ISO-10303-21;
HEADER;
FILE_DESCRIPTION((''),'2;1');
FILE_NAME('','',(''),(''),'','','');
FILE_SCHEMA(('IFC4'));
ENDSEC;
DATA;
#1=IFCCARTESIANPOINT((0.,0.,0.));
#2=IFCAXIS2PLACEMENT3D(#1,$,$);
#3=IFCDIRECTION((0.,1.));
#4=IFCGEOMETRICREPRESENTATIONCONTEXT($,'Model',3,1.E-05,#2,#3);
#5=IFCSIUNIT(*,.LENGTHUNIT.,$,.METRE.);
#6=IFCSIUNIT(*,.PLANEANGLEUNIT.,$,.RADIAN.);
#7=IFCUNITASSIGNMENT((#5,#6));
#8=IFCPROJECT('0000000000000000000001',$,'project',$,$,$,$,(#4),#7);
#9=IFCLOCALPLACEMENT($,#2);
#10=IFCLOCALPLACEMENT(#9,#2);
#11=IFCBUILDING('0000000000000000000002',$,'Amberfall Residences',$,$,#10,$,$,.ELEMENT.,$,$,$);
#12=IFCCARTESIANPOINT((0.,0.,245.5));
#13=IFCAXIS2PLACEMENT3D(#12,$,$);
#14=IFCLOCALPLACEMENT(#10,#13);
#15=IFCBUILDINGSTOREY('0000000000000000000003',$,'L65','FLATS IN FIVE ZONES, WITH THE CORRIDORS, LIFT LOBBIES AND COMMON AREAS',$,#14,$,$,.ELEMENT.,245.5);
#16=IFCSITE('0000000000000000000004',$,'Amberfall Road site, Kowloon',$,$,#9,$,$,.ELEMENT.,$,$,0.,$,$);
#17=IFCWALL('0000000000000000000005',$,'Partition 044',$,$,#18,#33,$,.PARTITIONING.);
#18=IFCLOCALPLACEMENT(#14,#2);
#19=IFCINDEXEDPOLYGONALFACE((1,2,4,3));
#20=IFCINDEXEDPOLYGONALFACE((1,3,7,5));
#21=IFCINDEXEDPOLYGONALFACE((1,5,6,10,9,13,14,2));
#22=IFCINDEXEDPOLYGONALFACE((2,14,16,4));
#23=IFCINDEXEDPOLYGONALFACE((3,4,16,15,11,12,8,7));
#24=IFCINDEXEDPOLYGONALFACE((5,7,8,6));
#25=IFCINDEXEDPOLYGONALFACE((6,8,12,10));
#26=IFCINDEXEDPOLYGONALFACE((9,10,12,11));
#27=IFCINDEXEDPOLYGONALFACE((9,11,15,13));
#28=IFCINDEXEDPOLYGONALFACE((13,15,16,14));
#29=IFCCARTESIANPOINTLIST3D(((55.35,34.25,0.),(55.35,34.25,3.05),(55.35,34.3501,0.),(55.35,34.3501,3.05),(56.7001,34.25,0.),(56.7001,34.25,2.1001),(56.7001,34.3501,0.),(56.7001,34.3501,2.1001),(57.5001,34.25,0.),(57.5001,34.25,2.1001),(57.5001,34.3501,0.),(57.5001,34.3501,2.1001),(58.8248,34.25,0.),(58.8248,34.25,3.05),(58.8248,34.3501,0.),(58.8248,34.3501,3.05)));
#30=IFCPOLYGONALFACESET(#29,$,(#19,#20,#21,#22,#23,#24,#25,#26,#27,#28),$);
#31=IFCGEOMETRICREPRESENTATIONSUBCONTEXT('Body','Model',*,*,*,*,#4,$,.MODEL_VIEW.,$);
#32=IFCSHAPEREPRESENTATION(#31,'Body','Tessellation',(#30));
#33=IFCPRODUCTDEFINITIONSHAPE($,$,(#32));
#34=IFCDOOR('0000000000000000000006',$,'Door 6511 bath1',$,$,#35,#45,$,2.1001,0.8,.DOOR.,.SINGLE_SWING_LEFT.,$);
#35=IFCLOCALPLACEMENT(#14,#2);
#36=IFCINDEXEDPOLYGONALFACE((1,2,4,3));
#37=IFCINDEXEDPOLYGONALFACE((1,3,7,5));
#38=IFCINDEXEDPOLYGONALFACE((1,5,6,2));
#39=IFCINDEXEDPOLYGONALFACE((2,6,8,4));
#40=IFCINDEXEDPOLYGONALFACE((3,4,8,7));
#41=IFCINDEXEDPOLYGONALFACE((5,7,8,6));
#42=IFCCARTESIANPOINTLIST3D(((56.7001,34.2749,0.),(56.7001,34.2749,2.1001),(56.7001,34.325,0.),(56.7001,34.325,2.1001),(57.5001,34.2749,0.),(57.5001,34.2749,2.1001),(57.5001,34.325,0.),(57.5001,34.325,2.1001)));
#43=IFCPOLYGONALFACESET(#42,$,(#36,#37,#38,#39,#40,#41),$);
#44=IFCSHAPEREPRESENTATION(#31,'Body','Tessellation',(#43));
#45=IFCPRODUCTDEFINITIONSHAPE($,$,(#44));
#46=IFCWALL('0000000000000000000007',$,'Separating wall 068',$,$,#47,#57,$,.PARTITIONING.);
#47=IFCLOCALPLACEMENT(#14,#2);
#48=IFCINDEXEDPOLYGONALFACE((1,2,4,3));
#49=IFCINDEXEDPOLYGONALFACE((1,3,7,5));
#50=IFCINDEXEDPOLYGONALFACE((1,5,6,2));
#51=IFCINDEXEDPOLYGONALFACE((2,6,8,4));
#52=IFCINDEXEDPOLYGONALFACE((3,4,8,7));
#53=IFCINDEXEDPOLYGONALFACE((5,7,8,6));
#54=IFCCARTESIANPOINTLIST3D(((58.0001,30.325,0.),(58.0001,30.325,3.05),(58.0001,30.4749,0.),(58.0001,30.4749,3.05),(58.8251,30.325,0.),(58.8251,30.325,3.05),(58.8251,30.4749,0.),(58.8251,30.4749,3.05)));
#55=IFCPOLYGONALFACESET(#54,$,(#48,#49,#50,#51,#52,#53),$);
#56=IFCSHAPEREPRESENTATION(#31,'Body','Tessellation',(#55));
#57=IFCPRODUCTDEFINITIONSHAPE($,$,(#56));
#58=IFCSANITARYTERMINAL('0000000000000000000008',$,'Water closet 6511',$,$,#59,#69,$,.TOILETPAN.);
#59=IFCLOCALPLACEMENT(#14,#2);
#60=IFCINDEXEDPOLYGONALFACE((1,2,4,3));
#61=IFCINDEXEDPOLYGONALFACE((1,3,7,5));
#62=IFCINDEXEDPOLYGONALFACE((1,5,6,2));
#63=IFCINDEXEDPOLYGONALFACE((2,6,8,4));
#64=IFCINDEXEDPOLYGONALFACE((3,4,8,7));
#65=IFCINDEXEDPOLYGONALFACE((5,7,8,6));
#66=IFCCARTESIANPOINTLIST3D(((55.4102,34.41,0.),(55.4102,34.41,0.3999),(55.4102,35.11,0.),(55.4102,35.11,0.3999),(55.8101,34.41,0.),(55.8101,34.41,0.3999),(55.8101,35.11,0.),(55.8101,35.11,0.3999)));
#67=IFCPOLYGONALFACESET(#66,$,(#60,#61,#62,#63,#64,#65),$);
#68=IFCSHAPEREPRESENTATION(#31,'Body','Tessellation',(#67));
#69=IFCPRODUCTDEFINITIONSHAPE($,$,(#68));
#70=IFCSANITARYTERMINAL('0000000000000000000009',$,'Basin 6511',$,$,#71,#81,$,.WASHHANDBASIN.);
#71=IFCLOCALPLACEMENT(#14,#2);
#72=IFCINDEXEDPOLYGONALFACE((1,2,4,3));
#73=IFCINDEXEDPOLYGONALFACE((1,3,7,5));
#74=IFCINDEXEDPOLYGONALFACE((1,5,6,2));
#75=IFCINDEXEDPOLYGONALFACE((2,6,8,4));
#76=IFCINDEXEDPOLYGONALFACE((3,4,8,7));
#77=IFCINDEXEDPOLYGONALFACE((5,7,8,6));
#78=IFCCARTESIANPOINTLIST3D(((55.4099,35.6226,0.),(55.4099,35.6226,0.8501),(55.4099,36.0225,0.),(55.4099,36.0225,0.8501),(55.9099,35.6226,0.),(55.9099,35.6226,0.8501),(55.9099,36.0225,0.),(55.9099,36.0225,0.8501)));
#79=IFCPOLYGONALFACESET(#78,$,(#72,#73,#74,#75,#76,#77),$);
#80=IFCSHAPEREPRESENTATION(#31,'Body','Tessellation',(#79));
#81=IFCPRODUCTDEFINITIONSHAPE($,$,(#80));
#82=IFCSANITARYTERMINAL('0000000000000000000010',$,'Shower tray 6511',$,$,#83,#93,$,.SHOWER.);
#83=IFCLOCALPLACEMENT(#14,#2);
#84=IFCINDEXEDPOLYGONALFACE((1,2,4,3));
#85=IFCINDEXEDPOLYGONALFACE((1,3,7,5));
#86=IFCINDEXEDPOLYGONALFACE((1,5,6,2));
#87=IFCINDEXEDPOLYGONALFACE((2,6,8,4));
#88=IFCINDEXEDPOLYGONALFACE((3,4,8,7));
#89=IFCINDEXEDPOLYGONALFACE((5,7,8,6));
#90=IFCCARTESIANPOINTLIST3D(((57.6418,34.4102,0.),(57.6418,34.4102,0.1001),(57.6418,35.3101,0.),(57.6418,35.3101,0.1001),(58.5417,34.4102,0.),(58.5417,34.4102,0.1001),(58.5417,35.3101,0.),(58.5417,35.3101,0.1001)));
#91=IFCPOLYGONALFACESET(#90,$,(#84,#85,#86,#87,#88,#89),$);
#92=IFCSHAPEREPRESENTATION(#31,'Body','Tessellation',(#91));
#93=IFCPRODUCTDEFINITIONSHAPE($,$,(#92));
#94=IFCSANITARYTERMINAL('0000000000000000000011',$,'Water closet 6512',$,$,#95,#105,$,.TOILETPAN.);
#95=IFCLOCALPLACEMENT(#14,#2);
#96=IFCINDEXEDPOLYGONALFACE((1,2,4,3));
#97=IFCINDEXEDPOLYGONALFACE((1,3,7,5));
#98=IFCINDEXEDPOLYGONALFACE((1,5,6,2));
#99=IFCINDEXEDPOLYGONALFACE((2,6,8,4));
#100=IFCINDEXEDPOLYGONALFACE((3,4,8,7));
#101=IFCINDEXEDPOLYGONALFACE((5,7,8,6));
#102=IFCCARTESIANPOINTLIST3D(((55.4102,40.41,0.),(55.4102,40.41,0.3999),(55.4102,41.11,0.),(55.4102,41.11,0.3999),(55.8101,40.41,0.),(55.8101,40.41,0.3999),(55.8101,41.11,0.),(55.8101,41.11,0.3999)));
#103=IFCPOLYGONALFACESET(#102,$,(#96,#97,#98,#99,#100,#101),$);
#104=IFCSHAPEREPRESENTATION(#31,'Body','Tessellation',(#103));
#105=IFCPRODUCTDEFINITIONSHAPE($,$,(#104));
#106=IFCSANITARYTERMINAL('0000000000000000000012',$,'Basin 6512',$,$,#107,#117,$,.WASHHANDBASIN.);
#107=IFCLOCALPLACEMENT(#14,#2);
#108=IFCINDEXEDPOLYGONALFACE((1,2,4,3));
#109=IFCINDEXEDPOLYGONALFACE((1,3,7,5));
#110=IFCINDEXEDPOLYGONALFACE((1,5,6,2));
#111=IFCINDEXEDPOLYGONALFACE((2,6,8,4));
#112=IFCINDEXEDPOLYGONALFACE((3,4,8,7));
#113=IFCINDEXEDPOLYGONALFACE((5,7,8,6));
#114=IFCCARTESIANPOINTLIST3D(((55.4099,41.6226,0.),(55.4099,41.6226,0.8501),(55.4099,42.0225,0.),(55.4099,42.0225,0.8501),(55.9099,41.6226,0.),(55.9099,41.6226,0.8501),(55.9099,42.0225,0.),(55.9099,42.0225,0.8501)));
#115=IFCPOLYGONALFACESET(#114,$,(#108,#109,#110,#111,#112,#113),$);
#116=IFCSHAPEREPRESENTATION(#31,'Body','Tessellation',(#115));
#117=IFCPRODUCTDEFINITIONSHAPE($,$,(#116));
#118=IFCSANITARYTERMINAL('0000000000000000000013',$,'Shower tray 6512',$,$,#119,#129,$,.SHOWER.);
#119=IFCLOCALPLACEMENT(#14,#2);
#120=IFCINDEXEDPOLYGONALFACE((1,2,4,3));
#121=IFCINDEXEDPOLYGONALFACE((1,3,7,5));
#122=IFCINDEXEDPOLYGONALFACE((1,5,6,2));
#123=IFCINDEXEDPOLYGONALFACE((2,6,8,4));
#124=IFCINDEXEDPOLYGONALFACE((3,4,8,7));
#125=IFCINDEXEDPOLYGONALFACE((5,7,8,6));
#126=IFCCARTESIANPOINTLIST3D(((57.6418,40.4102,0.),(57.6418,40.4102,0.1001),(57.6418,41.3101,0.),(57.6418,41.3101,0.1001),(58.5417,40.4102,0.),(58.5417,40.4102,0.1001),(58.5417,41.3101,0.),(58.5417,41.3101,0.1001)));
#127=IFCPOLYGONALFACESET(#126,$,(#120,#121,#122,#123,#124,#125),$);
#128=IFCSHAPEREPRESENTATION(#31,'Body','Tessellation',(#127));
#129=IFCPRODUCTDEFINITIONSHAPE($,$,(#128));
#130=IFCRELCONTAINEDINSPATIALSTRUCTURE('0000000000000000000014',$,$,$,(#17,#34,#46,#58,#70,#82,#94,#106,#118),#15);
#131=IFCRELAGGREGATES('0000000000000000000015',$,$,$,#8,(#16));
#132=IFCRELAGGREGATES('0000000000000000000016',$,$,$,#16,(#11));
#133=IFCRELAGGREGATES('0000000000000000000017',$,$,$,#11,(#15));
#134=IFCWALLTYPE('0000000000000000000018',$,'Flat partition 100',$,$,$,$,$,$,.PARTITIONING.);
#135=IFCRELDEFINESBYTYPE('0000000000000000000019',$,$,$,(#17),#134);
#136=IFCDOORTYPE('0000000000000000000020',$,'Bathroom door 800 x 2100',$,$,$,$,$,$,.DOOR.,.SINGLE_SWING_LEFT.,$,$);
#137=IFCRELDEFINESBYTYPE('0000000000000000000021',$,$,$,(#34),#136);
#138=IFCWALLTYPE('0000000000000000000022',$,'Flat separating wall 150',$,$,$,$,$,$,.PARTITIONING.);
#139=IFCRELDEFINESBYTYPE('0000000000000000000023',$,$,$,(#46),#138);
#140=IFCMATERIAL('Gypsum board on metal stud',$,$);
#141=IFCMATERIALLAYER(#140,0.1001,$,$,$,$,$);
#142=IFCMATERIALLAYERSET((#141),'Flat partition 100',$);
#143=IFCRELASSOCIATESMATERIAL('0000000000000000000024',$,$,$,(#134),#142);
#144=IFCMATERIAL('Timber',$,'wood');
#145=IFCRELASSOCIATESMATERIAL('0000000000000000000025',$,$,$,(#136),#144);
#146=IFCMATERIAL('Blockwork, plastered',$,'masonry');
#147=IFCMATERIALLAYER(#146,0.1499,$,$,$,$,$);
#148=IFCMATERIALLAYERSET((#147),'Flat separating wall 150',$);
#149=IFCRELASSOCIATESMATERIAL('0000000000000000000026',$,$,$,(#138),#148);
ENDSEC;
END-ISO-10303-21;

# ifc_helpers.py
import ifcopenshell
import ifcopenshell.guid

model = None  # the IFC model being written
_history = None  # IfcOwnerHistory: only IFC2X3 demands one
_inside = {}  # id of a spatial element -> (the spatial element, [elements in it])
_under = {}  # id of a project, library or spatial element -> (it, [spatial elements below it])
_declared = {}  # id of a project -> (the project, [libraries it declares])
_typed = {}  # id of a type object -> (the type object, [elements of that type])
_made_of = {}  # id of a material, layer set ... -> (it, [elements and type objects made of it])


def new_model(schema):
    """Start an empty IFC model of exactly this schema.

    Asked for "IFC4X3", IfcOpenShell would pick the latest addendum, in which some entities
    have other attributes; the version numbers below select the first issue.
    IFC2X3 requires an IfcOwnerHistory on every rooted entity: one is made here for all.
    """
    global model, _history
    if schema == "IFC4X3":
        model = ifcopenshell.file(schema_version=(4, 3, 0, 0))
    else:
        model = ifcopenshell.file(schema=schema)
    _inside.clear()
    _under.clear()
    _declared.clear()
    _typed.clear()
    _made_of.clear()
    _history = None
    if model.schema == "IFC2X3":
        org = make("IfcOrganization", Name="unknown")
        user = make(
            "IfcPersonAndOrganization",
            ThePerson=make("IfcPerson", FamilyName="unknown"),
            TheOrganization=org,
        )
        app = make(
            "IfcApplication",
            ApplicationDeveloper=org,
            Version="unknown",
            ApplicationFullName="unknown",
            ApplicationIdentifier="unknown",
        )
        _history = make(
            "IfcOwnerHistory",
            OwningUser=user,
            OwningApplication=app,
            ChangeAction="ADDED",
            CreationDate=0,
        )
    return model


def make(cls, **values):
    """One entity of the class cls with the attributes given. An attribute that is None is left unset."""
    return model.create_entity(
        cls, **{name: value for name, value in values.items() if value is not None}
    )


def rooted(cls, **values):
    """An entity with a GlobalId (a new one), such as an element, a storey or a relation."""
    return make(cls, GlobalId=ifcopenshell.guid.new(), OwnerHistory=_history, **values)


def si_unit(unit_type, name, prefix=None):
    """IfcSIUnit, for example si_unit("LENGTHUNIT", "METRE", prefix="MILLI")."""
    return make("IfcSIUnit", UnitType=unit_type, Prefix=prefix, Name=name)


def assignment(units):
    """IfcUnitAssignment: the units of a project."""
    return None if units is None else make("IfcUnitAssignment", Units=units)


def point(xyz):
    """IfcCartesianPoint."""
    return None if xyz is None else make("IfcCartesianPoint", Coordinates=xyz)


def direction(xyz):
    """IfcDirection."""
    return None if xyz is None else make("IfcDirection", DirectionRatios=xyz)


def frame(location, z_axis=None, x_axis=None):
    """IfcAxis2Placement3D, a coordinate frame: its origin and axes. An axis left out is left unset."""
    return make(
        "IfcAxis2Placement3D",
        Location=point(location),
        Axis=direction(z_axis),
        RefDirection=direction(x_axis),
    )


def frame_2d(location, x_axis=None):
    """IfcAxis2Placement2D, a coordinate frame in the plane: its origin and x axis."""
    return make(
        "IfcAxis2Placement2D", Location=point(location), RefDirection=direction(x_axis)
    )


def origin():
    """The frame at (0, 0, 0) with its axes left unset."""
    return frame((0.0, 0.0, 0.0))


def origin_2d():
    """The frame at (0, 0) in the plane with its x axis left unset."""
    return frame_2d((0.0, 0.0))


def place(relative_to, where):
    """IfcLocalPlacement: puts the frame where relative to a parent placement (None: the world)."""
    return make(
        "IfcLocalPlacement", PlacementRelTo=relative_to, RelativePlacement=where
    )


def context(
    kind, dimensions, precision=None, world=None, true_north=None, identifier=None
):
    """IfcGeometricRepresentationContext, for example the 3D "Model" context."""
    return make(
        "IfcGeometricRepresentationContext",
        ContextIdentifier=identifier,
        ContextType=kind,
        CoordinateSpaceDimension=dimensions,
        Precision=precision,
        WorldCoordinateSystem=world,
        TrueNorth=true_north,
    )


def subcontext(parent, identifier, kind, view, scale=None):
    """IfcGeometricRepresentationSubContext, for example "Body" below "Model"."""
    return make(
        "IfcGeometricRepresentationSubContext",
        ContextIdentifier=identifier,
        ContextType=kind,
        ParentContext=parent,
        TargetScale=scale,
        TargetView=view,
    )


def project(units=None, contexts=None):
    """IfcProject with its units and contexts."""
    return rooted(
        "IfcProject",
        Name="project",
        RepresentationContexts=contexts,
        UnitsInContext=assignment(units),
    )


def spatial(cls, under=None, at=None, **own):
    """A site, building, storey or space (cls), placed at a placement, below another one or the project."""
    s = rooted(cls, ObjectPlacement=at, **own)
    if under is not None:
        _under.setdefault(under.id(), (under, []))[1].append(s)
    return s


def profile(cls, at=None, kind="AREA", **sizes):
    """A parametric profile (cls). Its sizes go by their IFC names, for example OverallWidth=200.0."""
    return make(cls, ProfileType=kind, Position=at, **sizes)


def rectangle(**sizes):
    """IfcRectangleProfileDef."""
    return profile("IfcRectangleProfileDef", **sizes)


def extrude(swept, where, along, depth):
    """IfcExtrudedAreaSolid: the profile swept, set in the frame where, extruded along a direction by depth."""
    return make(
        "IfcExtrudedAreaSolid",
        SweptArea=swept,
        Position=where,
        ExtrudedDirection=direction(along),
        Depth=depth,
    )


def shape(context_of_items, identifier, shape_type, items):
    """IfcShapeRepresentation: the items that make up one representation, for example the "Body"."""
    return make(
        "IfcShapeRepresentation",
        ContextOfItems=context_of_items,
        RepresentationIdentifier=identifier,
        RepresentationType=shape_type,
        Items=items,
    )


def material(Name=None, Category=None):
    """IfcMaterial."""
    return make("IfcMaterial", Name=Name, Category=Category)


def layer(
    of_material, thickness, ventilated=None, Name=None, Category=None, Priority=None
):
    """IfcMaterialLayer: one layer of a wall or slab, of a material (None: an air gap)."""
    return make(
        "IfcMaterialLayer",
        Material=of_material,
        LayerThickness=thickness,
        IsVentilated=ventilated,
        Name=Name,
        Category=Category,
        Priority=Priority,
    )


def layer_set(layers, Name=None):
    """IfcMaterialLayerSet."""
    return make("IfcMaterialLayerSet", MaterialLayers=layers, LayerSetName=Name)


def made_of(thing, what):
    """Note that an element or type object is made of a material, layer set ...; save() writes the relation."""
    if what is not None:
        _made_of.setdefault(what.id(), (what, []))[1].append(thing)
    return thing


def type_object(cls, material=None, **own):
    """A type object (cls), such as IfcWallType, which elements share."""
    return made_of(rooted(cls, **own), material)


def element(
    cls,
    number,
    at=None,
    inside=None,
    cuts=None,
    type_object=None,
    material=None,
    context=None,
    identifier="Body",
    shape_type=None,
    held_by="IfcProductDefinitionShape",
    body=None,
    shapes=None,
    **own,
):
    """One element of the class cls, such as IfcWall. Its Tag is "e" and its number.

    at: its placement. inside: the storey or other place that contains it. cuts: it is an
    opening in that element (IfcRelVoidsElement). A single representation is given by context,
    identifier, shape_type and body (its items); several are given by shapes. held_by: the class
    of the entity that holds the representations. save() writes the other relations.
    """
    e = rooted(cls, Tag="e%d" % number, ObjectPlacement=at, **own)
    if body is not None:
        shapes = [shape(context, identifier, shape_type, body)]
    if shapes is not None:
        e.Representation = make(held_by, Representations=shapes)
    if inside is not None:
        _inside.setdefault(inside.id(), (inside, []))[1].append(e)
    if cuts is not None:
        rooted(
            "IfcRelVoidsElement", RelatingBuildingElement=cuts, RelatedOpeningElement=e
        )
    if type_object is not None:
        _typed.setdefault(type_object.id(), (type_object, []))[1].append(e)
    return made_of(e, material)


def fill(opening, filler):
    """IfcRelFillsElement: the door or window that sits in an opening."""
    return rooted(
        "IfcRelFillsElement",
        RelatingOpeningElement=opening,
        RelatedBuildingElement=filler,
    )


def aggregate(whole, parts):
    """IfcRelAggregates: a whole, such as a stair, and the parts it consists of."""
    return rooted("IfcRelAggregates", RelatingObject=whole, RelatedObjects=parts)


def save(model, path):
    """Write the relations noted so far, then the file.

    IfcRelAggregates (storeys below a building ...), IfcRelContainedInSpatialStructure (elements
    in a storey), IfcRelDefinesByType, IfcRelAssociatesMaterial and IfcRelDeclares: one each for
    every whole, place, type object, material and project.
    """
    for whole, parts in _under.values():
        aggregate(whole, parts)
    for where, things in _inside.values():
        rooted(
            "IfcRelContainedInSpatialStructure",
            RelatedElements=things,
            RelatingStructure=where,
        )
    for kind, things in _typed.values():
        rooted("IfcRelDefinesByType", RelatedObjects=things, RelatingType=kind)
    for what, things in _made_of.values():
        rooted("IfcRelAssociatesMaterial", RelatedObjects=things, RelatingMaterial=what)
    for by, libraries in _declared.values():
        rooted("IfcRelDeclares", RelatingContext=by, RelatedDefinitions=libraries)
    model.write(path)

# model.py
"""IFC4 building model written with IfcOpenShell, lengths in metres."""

from ifc_helpers import new_model, si_unit, direction, frame, frame_2d, origin, origin_2d, place, context, subcontext, project, spatial, rectangle, extrude, material, layer, layer_set, type_object, element, fill, save


model = new_model("IFC4")

# Units and contexts
model_context = context("Model", 3, precision=1e-05, world=origin(), true_north=direction((0.0, 1.0)))
body_context = subcontext(model_context, "Body", "Model", "MODEL_VIEW")
ifc_project = project(units=[si_unit("LENGTHUNIT", "METRE"), si_unit("PLANEANGLEUNIT", "RADIAN")], contexts=[model_context])

# Site, building, storey
site_placement = place(None, origin())
site = spatial("IfcSite", under=ifc_project, at=site_placement, Name="Amberfall Road site, Kowloon", CompositionType="ELEMENT", RefElevation=0.0)
building_placement = place(site_placement, origin())
building = spatial("IfcBuilding", under=site, at=building_placement, Name="Amberfall Residences", CompositionType="ELEMENT")
storey_placement = place(building_placement, frame((0.0, 0.0, 245.5)))
storey = spatial("IfcBuildingStorey", under=building, at=storey_placement, Name="L65", Description="FLATS IN FIVE ZONES, WITH THE CORRIDORS, LIFT LOBBIES AND COMMON AREAS", CompositionType="ELEMENT", Elevation=245.5)

# Shared definitions
ifc_material_1 = material(Name="Gypsum board on metal stud")
ifc_layer_1 = layer(ifc_material_1, 0.1001)
ifc_layer_set_1 = layer_set([ifc_layer_1], Name="Flat partition 100")
wall_type_1 = type_object("IfcWallType", Name="Flat partition 100", PredefinedType="PARTITIONING", material=ifc_layer_set_1)

# Wall, opening, door
ifc_material_2 = material(Name="Timber", Category="wood")
door_type = type_object("IfcDoorType", Name="Bathroom door 800 x 2100", OperationType="SINGLE_SWING_LEFT", PredefinedType="DOOR", material=ifc_material_2)
wall_1_placement = place(storey_placement, frame((55.3501, 34.3, 0.0), z_axis=(0.0, 0.0, 1.0), x_axis=(1.0, 0.0, 0.0)))
wall_1 = element("IfcWall", 1, at=wall_1_placement, inside=storey, type_object=wall_type_1, Name="Partition 044", PredefinedType="PARTITIONING", context=body_context, shape_type="SweptSolid", body=[
    extrude(rectangle(XDim=3.4749, YDim=0.1001, at=frame_2d((1.7373, 0.0))), origin(), (0.0, 0.0, 1.0), 3.05),
])
opening_1_placement = place(wall_1_placement, frame((1.3501, 0.0, 0.0)))
opening_1 = element("IfcOpeningElement", 2, at=opening_1_placement, cuts=wall_1, PredefinedType="OPENING", context=body_context, shape_type="SweptSolid", body=[
    extrude(rectangle(XDim=0.8, YDim=2.1001, at=frame_2d((0.3999, 1.05))), frame((0.0, 0.0601, 0.0), z_axis=(0.0, -1.0, 0.0), x_axis=(1.0, 0.0, 0.0)), (0.0, 0.0, 1.0), 0.1201),
])
door_1_placement = place(opening_1_placement, origin())
door_1 = element("IfcDoor", 3, at=door_1_placement, inside=storey, type_object=door_type, Name="Door 6511 bath1", OperationType="SINGLE_SWING_LEFT", OverallHeight=2.1001, OverallWidth=0.8, PredefinedType="DOOR", context=body_context, shape_type="SweptSolid", body=[
    extrude(rectangle(XDim=0.8, YDim=2.1001, at=frame_2d((0.3999, 1.05))), frame((0.0, 0.0249, 0.0), z_axis=(0.0, -1.0, 0.0), x_axis=(1.0, 0.0, 0.0)), (0.0, 0.0, 1.0), 0.05),
])
fill(opening_1, door_1)

# Wall
ifc_material_3 = material(Name="Blockwork, plastered", Category="masonry")
ifc_layer_2 = layer(ifc_material_3, 0.1499)
ifc_layer_set_2 = layer_set([ifc_layer_2], Name="Flat separating wall 150")
wall_type_2 = type_object("IfcWallType", Name="Flat separating wall 150", PredefinedType="PARTITIONING", material=ifc_layer_set_2)
wall_2_placement = place(storey_placement, frame((58.0, 30.3999, 0.0), z_axis=(0.0, 0.0, 1.0), x_axis=(1.0, 0.0, 0.0)))
element("IfcWall", 4, at=wall_2_placement, inside=storey, type_object=wall_type_2, Name="Separating wall 068", PredefinedType="PARTITIONING", context=body_context, shape_type="SweptSolid", body=[
    extrude(rectangle(XDim=0.825, YDim=0.1499, at=frame_2d((0.4126, 0.0))), origin(), (0.0, 0.0, 1.0), 3.05),
])

# Sanitary terminals
sanitary_terminal_1_placement = place(storey_placement, frame((55.6101, 34.76, 0.0), z_axis=(0.0, 0.0, 1.0), x_axis=(1.0, 0.0, 0.0)))
element("IfcSanitaryTerminal", 5, at=sanitary_terminal_1_placement, inside=storey, Name="Water closet 6511", PredefinedType="TOILETPAN", context=body_context, shape_type="SweptSolid", body=[
    extrude(rectangle(XDim=0.3999, YDim=0.7, at=origin_2d()), origin(), (0.0, 0.0, 1.0), 0.3999),
])
sanitary_terminal_2_placement = place(storey_placement, frame((55.6599, 35.8225, 0.0), z_axis=(0.0, 0.0, 1.0), x_axis=(1.0, 0.0, 0.0)))
element("IfcSanitaryTerminal", 6, at=sanitary_terminal_2_placement, inside=storey, Name="Basin 6511", PredefinedType="WASHHANDBASIN", context=body_context, shape_type="SweptSolid", body=[
    extrude(rectangle(XDim=0.5, YDim=0.3999, at=origin_2d()), origin(), (0.0, 0.0, 1.0), 0.8501),
])
sanitary_terminal_3_placement = place(storey_placement, frame((58.0918, 34.8601, 0.0), z_axis=(0.0, 0.0, 1.0), x_axis=(1.0, 0.0, 0.0)))
element("IfcSanitaryTerminal", 7, at=sanitary_terminal_3_placement, inside=storey, Name="Shower tray 6511", PredefinedType="SHOWER", context=body_context, shape_type="SweptSolid", body=[
    extrude(rectangle(XDim=0.8999, YDim=0.8999, at=origin_2d()), origin(), (0.0, 0.0, 1.0), 0.1001),
])
sanitary_terminal_4_placement = place(storey_placement, frame((55.6101, 40.76, 0.0), z_axis=(0.0, 0.0, 1.0), x_axis=(1.0, 0.0, 0.0)))
element("IfcSanitaryTerminal", 8, at=sanitary_terminal_4_placement, inside=storey, Name="Water closet 6512", PredefinedType="TOILETPAN", context=body_context, shape_type="SweptSolid", body=[
    extrude(rectangle(XDim=0.3999, YDim=0.7, at=origin_2d()), origin(), (0.0, 0.0, 1.0), 0.3999),
])
sanitary_terminal_5_placement = place(storey_placement, frame((55.6599, 41.8225, 0.0), z_axis=(0.0, 0.0, 1.0), x_axis=(1.0, 0.0, 0.0)))
element("IfcSanitaryTerminal", 9, at=sanitary_terminal_5_placement, inside=storey, Name="Basin 6512", PredefinedType="WASHHANDBASIN", context=body_context, shape_type="SweptSolid", body=[
    extrude(rectangle(XDim=0.5, YDim=0.3999, at=origin_2d()), origin(), (0.0, 0.0, 1.0), 0.8501),
])
sanitary_terminal_6_placement = place(storey_placement, frame((58.0918, 40.8601, 0.0), z_axis=(0.0, 0.0, 1.0), x_axis=(1.0, 0.0, 0.0)))
element("IfcSanitaryTerminal", 10, at=sanitary_terminal_6_placement, inside=storey, Name="Shower tray 6512", PredefinedType="SHOWER", context=body_context, shape_type="SweptSolid", body=[
    extrude(rectangle(XDim=0.8999, YDim=0.8999, at=origin_2d()), origin(), (0.0, 0.0, 1.0), 0.1001),
])

save(model, "model.ifc")
